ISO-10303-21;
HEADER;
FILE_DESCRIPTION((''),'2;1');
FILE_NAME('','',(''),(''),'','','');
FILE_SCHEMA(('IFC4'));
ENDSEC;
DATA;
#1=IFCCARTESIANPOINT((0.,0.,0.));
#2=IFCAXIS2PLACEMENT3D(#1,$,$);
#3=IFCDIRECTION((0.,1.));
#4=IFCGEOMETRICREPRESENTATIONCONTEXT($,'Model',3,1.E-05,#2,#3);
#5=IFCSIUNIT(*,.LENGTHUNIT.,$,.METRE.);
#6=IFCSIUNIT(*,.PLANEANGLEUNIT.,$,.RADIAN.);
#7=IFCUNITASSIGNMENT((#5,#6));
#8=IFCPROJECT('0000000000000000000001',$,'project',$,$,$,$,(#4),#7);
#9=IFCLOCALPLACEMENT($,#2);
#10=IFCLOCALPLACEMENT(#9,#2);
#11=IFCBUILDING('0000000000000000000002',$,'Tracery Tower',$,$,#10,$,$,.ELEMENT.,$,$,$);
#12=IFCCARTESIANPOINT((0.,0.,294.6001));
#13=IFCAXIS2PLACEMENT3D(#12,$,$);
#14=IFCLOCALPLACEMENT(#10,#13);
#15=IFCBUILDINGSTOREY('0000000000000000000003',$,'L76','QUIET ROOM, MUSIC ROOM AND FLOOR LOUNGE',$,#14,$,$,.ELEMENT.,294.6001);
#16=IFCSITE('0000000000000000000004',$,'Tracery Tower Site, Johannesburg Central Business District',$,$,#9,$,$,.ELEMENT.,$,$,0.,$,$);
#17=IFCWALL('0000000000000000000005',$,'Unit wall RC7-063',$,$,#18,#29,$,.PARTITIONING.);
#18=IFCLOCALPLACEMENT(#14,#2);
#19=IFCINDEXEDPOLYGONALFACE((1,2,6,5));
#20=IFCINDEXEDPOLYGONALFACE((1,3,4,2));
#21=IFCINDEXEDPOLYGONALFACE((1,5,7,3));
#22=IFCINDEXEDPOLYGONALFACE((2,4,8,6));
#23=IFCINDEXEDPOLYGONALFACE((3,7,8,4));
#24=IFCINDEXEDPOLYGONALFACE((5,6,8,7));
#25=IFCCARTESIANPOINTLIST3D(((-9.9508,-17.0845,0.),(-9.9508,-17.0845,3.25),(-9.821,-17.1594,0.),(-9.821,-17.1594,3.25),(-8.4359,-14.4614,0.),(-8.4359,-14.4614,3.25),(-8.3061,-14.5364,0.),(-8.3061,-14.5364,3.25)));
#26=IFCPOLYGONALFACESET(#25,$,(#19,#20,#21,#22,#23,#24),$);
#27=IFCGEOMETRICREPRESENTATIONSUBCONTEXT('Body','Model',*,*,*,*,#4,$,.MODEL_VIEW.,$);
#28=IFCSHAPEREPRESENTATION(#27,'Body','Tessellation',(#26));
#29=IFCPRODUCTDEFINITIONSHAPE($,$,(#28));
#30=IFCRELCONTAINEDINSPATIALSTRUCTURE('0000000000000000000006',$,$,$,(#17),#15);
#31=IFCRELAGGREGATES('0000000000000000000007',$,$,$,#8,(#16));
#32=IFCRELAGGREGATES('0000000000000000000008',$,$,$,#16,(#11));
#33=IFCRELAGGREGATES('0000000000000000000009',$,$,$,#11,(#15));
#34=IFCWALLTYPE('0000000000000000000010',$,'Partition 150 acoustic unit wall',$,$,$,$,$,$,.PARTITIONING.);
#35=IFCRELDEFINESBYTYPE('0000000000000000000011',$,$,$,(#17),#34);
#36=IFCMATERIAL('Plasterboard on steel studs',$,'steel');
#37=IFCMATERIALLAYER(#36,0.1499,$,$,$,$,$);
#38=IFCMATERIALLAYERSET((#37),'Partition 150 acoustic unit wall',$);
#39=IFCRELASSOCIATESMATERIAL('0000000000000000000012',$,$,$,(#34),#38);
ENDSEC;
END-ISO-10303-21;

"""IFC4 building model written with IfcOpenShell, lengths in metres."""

from ifc_helpers import new_model, si_unit, direction, frame, frame_2d, origin, place, context, subcontext, project, spatial, rectangle, extrude, material, layer, layer_set, type_object, element, save


model = new_model("IFC4")

# Units and contexts
model_context = context("Model", 3, precision=1e-05, world=origin(), true_north=direction((0.0, 1.0)))
body_context = subcontext(model_context, "Body", "Model", "MODEL_VIEW")
ifc_project = project(units=[si_unit("LENGTHUNIT", "METRE"), si_unit("PLANEANGLEUNIT", "RADIAN")], contexts=[model_context])

# Site, building, storey
site_placement = place(None, origin())
site = spatial("IfcSite", under=ifc_project, at=site_placement, Name="Tracery Tower Site, Johannesburg Central Business District", CompositionType="ELEMENT", RefElevation=0.0)
building_placement = place(site_placement, origin())
building = spatial("IfcBuilding", under=site, at=building_placement, Name="Tracery Tower", CompositionType="ELEMENT")
storey_placement = place(building_placement, frame((0.0, 0.0, 294.6001)))
storey = spatial("IfcBuildingStorey", under=building, at=storey_placement, Name="L76", Description="QUIET ROOM, MUSIC ROOM AND FLOOR LOUNGE", CompositionType="ELEMENT", Elevation=294.6001)

# Wall
ifc_material_1 = material(Name="Plasterboard on steel studs", Category="steel")
ifc_layer_1 = layer(ifc_material_1, 0.1499)
ifc_layer_set_1 = layer_set([ifc_layer_1], Name="Partition 150 acoustic unit wall")
wall_type_1 = type_object("IfcWallType", Name="Partition 150 acoustic unit wall", PredefinedType="PARTITIONING", material=ifc_layer_set_1)
wall_1_placement = place(storey_placement, frame((-9.886, -17.1221, 0.0), z_axis=(0.0, 0.0, 1.0), x_axis=(0.500118, 0.865957, 0.0)))
element("IfcWall", 1, at=wall_1_placement, inside=storey, type_object=wall_type_1, Name="Unit wall RC7-063", PredefinedType="PARTITIONING", context=body_context, shape_type="SweptSolid", body=[
    extrude(rectangle(XDim=3.0291, YDim=0.1499, at=frame_2d((1.5146, 0.0))), origin(), (0.0, 0.0, 1.0), 3.25),
])

save(model, "model.ifc")
